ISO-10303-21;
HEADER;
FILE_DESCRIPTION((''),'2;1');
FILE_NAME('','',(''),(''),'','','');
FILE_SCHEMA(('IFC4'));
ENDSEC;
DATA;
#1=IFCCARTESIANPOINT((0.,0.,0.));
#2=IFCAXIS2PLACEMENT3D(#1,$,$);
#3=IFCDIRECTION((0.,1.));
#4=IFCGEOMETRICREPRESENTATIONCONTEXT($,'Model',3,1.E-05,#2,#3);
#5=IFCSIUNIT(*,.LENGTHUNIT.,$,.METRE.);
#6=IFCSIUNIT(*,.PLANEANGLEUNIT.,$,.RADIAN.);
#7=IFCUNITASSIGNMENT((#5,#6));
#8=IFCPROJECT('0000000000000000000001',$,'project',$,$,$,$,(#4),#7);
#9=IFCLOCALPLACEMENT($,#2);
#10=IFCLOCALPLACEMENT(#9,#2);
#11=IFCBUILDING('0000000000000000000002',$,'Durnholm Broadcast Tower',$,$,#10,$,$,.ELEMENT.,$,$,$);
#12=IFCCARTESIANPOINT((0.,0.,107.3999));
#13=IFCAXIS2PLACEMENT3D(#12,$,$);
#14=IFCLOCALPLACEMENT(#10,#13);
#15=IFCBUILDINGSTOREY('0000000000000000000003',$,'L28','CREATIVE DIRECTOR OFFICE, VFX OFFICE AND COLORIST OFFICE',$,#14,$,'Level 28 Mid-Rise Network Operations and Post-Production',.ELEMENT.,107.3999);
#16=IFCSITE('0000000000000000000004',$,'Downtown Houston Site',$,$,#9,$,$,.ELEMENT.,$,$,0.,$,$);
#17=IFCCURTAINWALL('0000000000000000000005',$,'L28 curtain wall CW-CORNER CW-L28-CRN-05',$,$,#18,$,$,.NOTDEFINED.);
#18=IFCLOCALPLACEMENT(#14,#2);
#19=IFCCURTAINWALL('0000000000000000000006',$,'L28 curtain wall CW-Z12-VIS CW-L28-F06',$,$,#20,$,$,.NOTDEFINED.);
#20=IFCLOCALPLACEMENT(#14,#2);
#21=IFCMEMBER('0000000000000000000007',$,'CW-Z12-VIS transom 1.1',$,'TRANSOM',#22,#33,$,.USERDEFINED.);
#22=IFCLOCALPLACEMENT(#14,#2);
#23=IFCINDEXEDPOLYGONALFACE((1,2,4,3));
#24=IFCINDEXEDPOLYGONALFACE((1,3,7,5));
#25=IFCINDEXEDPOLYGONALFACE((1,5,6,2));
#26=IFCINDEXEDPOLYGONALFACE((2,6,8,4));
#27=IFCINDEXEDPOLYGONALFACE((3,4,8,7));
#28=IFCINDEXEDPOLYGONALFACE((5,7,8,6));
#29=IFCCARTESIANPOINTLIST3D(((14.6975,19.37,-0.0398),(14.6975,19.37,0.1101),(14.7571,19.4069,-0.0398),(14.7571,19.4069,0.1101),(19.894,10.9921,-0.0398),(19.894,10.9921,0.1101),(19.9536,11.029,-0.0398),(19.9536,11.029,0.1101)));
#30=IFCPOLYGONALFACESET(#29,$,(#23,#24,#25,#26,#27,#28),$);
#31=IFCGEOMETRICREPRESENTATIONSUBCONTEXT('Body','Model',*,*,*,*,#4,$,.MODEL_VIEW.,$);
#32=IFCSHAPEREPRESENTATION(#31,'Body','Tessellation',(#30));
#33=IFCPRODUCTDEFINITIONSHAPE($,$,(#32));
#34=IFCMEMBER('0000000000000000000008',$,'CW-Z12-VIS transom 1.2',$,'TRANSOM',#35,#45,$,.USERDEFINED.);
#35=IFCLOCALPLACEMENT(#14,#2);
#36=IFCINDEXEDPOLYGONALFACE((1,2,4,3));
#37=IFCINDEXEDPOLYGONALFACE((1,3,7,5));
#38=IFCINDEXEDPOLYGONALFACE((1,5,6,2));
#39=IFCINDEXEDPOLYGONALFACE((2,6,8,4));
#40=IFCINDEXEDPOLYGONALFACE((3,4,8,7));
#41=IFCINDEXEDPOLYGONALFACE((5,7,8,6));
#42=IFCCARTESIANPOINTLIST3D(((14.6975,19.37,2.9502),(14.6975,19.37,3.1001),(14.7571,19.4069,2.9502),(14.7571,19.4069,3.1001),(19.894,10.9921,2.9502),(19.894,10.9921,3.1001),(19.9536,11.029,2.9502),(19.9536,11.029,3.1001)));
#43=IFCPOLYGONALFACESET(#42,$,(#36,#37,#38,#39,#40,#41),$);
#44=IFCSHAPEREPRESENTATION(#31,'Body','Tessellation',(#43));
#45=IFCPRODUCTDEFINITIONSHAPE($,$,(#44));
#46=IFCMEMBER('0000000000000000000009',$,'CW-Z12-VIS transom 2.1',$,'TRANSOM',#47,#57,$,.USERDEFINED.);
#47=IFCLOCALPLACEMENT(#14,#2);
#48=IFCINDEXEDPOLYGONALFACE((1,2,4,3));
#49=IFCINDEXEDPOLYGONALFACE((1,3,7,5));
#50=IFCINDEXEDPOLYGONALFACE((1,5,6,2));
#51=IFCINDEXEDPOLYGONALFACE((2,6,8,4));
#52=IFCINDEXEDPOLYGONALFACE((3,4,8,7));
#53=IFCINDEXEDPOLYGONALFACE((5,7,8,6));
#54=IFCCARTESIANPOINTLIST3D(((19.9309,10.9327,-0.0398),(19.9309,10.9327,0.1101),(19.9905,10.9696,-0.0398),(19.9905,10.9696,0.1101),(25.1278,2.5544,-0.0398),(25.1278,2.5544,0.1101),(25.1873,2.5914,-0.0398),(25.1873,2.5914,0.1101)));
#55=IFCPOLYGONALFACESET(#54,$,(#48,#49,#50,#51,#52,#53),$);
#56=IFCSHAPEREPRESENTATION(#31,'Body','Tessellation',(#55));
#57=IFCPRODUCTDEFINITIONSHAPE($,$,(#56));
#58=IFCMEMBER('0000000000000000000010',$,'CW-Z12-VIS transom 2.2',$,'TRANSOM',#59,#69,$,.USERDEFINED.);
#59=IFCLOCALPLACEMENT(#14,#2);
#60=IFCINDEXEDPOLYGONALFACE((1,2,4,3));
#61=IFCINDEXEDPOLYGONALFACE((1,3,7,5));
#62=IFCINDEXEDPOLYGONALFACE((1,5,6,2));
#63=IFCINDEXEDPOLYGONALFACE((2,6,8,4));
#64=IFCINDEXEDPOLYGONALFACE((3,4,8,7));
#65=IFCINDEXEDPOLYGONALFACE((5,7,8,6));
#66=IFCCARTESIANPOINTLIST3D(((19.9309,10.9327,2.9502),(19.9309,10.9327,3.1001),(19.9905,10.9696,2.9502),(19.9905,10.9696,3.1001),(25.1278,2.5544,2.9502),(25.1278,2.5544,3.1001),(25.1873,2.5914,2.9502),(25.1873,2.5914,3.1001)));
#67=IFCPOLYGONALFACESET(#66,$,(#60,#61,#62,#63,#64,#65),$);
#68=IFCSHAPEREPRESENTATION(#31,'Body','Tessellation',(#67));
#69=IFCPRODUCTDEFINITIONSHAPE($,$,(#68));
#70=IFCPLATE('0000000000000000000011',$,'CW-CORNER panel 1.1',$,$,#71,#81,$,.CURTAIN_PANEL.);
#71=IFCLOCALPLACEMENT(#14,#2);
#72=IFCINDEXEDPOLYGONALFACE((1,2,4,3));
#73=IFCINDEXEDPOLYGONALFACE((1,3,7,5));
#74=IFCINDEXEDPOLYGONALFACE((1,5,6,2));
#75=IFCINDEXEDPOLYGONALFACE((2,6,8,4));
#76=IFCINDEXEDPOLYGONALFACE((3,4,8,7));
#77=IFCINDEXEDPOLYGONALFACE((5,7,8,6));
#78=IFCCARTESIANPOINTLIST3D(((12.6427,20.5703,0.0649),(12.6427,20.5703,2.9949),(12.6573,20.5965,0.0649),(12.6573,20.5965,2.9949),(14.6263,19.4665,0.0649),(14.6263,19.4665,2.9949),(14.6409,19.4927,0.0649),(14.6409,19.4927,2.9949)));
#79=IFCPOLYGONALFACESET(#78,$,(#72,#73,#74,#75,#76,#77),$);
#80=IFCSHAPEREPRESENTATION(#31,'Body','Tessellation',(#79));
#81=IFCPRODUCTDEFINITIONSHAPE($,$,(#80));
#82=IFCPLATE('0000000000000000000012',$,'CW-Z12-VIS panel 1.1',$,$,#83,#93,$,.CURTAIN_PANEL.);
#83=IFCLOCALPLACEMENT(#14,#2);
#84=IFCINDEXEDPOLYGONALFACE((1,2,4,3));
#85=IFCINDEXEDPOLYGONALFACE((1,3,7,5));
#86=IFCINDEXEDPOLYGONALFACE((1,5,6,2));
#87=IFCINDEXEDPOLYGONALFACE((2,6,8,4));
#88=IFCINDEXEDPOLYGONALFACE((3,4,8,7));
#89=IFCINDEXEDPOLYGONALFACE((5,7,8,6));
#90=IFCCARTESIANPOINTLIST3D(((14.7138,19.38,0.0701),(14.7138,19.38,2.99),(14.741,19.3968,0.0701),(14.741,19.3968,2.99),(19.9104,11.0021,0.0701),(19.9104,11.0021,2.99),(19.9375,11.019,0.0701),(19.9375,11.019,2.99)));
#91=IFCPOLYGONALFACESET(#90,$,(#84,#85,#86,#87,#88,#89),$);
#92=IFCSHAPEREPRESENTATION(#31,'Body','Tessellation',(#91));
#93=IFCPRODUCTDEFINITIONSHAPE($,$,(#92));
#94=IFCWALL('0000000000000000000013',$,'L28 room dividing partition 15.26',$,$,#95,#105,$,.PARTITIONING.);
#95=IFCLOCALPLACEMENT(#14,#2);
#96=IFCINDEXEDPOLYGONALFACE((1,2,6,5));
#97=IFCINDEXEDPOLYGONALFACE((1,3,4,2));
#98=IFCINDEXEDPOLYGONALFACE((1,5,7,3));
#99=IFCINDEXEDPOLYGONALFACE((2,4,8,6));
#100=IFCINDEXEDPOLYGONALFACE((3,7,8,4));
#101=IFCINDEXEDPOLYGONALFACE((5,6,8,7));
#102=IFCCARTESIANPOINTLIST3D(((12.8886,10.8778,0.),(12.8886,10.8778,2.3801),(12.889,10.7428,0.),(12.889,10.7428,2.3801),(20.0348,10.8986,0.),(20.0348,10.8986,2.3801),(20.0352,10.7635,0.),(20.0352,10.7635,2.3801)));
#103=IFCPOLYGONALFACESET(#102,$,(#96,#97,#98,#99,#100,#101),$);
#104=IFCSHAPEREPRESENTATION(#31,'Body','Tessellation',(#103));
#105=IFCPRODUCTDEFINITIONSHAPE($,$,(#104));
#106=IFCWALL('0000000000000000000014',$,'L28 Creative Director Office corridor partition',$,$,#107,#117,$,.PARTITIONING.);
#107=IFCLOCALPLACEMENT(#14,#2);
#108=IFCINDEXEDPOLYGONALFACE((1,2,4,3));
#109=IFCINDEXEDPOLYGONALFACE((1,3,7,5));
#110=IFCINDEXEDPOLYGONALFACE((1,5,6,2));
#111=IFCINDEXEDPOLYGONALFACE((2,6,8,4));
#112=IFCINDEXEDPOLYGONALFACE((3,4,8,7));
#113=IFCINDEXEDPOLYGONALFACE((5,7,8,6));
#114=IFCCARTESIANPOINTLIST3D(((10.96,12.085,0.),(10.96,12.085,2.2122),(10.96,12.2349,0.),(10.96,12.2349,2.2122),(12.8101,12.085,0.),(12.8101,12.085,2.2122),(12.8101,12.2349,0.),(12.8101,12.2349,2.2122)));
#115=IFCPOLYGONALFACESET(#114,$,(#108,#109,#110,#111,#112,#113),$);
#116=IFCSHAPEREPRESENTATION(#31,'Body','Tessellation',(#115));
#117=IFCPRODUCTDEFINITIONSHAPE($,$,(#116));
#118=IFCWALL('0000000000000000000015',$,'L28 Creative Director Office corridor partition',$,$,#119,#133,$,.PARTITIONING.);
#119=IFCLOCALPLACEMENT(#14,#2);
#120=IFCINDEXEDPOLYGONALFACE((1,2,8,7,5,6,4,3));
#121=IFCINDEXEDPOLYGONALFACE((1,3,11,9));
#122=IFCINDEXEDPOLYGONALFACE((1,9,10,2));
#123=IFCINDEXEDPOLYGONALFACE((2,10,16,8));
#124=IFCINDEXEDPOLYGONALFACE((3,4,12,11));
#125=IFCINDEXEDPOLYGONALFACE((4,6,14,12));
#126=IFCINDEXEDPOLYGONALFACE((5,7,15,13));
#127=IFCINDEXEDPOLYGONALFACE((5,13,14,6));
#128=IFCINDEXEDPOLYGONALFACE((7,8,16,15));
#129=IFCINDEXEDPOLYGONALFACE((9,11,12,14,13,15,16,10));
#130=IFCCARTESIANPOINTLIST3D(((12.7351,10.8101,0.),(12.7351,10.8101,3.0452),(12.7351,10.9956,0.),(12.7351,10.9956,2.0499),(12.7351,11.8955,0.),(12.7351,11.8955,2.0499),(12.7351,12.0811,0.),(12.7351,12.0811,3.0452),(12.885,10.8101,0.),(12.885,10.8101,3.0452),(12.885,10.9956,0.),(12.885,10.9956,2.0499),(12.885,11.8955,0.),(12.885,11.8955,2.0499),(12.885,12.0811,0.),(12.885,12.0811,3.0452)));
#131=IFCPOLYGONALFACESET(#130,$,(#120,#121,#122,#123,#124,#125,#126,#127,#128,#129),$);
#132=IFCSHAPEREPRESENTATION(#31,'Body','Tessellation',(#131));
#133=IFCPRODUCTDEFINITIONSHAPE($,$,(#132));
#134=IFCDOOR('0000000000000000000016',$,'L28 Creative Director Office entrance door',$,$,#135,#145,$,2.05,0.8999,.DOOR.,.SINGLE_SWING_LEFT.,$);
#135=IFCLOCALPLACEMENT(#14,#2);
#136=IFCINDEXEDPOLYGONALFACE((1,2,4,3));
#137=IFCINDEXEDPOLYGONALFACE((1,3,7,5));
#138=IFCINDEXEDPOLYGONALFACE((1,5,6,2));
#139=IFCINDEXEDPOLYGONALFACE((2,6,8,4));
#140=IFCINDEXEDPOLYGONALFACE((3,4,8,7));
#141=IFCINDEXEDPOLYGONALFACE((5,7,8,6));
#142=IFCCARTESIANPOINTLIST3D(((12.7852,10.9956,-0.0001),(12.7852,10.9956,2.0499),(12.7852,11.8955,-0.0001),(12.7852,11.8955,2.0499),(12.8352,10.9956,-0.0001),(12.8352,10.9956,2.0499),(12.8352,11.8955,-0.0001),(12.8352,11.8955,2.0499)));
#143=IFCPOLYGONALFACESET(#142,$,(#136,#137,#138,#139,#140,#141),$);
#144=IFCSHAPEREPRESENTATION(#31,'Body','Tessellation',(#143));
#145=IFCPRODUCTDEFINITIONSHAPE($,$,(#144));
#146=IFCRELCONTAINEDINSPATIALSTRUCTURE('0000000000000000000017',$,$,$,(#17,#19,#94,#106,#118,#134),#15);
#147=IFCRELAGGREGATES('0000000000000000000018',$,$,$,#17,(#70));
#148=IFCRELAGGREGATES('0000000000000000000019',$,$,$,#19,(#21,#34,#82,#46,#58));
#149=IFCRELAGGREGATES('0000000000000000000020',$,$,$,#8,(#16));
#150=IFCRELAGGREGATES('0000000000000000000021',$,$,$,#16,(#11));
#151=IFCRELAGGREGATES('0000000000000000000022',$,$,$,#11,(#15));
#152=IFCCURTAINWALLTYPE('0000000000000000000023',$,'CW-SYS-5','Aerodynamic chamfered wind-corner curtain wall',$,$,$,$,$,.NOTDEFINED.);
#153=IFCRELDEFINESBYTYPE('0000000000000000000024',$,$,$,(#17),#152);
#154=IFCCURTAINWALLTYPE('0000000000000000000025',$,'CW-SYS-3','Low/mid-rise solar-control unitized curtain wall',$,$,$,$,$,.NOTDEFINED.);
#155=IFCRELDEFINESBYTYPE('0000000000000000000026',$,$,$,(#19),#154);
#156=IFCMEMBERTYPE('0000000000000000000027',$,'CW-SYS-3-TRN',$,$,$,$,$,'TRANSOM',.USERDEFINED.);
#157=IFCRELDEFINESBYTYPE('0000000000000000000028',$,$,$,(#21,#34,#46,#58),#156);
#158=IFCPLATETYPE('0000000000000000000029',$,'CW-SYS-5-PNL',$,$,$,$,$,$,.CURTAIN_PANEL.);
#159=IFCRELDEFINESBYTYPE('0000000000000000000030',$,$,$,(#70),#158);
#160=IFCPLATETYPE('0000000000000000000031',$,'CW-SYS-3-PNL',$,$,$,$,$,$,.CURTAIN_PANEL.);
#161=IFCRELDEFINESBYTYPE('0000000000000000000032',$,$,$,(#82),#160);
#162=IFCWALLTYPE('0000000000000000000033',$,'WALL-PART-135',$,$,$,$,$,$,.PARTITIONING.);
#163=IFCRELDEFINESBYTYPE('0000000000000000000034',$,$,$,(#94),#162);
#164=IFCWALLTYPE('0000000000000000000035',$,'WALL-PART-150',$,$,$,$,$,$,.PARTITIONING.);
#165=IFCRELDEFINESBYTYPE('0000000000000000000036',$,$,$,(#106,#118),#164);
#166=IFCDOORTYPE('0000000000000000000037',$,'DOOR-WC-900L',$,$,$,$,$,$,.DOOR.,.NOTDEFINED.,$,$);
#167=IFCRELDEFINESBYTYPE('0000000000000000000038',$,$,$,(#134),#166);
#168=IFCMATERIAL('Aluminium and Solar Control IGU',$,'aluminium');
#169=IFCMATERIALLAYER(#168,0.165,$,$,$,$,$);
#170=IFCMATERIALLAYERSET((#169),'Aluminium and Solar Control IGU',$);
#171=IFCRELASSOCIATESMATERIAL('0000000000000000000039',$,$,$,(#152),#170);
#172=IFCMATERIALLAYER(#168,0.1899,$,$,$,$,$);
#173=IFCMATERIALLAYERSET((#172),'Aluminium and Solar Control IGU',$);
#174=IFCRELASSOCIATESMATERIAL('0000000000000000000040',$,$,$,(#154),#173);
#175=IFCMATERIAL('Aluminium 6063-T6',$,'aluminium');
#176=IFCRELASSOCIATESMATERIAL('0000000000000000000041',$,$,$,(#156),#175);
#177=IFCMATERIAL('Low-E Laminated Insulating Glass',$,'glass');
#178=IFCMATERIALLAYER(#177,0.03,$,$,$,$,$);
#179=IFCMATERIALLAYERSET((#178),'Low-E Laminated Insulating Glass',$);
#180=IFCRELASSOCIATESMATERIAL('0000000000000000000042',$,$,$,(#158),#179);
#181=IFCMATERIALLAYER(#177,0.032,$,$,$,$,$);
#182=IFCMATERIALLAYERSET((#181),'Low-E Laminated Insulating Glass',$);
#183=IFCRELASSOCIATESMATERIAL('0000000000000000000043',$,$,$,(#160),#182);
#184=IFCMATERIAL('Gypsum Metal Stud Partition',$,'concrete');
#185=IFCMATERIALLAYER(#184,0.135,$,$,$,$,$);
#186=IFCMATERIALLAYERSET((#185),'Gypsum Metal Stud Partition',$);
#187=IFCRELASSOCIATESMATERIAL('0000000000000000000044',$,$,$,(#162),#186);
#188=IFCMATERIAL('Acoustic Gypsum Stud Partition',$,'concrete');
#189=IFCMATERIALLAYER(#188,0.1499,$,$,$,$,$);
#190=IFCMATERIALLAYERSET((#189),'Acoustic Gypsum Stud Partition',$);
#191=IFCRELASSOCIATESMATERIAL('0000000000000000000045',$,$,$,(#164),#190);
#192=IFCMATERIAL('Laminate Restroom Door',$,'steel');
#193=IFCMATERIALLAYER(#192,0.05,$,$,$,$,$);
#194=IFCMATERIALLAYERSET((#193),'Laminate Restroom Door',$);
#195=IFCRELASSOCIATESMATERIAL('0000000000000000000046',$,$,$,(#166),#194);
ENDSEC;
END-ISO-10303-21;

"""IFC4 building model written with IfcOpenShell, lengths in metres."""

from ifc_helpers import new_model, si_unit, direction, frame, frame_2d, origin, origin_2d, place, context, subcontext, project, spatial, rectangle, extrude, source, transform, mapped, material, layer, layer_set, material_profile, profile_set, type_object, type_shapes, element, fill, aggregate, save


model = new_model("IFC4")

# Units and contexts
model_context = context("Model", 3, precision=1e-05, world=origin(), true_north=direction((0.0, 1.0)))
body_context = subcontext(model_context, "Body", "Model", "MODEL_VIEW")
ifc_project = project(units=[si_unit("LENGTHUNIT", "METRE"), si_unit("PLANEANGLEUNIT", "RADIAN")], contexts=[model_context])

# Site, building, storey
site_placement = place(None, origin())
site = spatial("IfcSite", under=ifc_project, at=site_placement, Name="Downtown Houston Site", CompositionType="ELEMENT", RefElevation=0.0)
building_placement = place(site_placement, origin())
building = spatial("IfcBuilding", under=site, at=building_placement, Name="Durnholm Broadcast Tower", CompositionType="ELEMENT")
storey_placement = place(building_placement, frame((0.0, 0.0, 107.3999)))
storey = spatial("IfcBuildingStorey", under=building, at=storey_placement, Name="L28", Description="CREATIVE DIRECTOR OFFICE, VFX OFFICE AND COLORIST OFFICE", LongName="Level 28 Mid-Rise Network Operations and Post-Production", CompositionType="ELEMENT", Elevation=107.3999)

# Curtain wall
ifc_material_1 = material(Name="Aluminium and Solar Control IGU", Category="aluminium")
ifc_layer_1 = layer(ifc_material_1, 0.165)
ifc_layer_set_1 = layer_set([ifc_layer_1], Name="Aluminium and Solar Control IGU")
curtain_wall_type_1 = type_object("IfcCurtainWallType", Name="CW-SYS-5", Description="Aerodynamic chamfered wind-corner curtain wall", PredefinedType="NOTDEFINED", material=ifc_layer_set_1)
curtain_wall_1_placement = place(storey_placement, origin())
curtain_wall_1 = element("IfcCurtainWall", 1, at=curtain_wall_1_placement, inside=storey, type_object=curtain_wall_type_1, Name="L28 curtain wall CW-CORNER CW-L28-CRN-05", PredefinedType="NOTDEFINED")
ifc_material_2 = material(Name="Aluminium 6063-T6", Category="aluminium")

# Curtain wall, members
ifc_layer_2 = layer(ifc_material_1, 0.1899)
ifc_layer_set_2 = layer_set([ifc_layer_2], Name="Aluminium and Solar Control IGU")
curtain_wall_type_2 = type_object("IfcCurtainWallType", Name="CW-SYS-3", Description="Low/mid-rise solar-control unitized curtain wall", PredefinedType="NOTDEFINED", material=ifc_layer_set_2)
curtain_wall_2_placement = place(storey_placement, origin())
curtain_wall_2 = element("IfcCurtainWall", 2, at=curtain_wall_2_placement, inside=storey, type_object=curtain_wall_type_2, Name="L28 curtain wall CW-Z12-VIS CW-L28-F06", PredefinedType="NOTDEFINED")
ifc_material_profile_1 = material_profile(ifc_material_2, rectangle(XDim=0.0701, YDim=0.1499, at=origin_2d()), Name="CWT70X150")
ifc_profile_set_1 = profile_set([ifc_material_profile_1], Name="Aluminium 6063-T6")
member_type_1 = type_object("IfcMemberType", Name="CW-SYS-3-TRN", ElementType="TRANSOM", PredefinedType="USERDEFINED", material=ifc_profile_set_1)
shared_shape_1 = source(origin(), body_context, "Body", "SweptSolid", [
    extrude(rectangle(XDim=0.0701, YDim=0.1499, at=origin_2d()), origin(), (0.0, 0.0, 1.0), 9.8586),
])
member_1_placement = place(storey_placement, frame((14.7273, 19.3884, 0.0352), z_axis=(0.527102, -0.849802, 0.0), x_axis=(0.849802, 0.527102, 0.0)))
member_1 = element("IfcMember", 3, at=member_1_placement, type_object=member_type_1, Name="CW-Z12-VIS transom 1.1", ObjectType="TRANSOM", PredefinedType="USERDEFINED", context=body_context, shape_type="MappedRepresentation", body=[
    mapped(shared_shape_1, transform((0.0, 0.0, 0.0), x_axis=(1.0, 0.0, 0.0), y_axis=(0.0, 1.0, 0.0), z_axis=(0.0, 0.0, 1.0), scale=1.0)),
])
member_2_placement = place(storey_placement, frame((14.7273, 19.3884, 3.0251), z_axis=(0.527102, -0.849802, 0.0), x_axis=(0.849802, 0.527102, 0.0)))
member_2 = element("IfcMember", 4, at=member_2_placement, type_object=member_type_1, Name="CW-Z12-VIS transom 1.2", ObjectType="TRANSOM", PredefinedType="USERDEFINED", context=body_context, shape_type="MappedRepresentation", body=[
    mapped(shared_shape_1, transform((0.0, 0.0, 0.0), x_axis=(1.0, 0.0, 0.0), y_axis=(0.0, 1.0, 0.0), z_axis=(0.0, 0.0, 1.0), scale=1.0)),
])
shared_shape_2 = source(origin(), body_context, "Body", "SweptSolid", [
    extrude(rectangle(XDim=0.0701, YDim=0.1499, at=origin_2d()), origin(), (0.0, 0.0, 1.0), 9.8591),
])
type_shapes(member_type_1, [shared_shape_1, shared_shape_2])
member_3_placement = place(storey_placement, frame((19.9607, 10.9512, 0.0352), z_axis=(0.527109, -0.849798, 0.0), x_axis=(0.849798, 0.527109, 0.0)))
member_3 = element("IfcMember", 5, at=member_3_placement, type_object=member_type_1, Name="CW-Z12-VIS transom 2.1", ObjectType="TRANSOM", PredefinedType="USERDEFINED", context=body_context, shape_type="MappedRepresentation", body=[
    mapped(shared_shape_2, transform((0.0, 0.0, 0.0), x_axis=(1.0, 0.0, 0.0), y_axis=(0.0, 1.0, 0.0), z_axis=(0.0, 0.0, 1.0), scale=1.0)),
])
member_4_placement = place(storey_placement, frame((19.9607, 10.9512, 3.0251), z_axis=(0.527109, -0.849798, 0.0), x_axis=(0.849798, 0.527109, 0.0)))
member_4 = element("IfcMember", 6, at=member_4_placement, type_object=member_type_1, Name="CW-Z12-VIS transom 2.2", ObjectType="TRANSOM", PredefinedType="USERDEFINED", context=body_context, shape_type="MappedRepresentation", body=[
    mapped(shared_shape_2, transform((0.0, 0.0, 0.0), x_axis=(1.0, 0.0, 0.0), y_axis=(0.0, 1.0, 0.0), z_axis=(0.0, 0.0, 1.0), scale=1.0)),
])

# Plates
ifc_material_3 = material(Name="Low-E Laminated Insulating Glass", Category="glass")
ifc_layer_3 = layer(ifc_material_3, 0.03)
ifc_layer_set_3 = layer_set([ifc_layer_3], Name="Low-E Laminated Insulating Glass")
plate_type_1 = type_object("IfcPlateType", Name="CW-SYS-5-PNL", PredefinedType="CURTAIN_PANEL", material=ifc_layer_set_3)
shared_shape_3 = source(origin(), body_context, "Body", "SweptSolid", [
    extrude(rectangle(XDim=2.27, YDim=0.03, at=origin_2d()), origin(), (0.0, 0.0, 1.0), 2.9299),
])
type_shapes(plate_type_1, [shared_shape_3])
plate_1_placement = place(storey_placement, frame((13.6418, 20.0315, 0.0649), z_axis=(0.0, 0.0, 1.0), x_axis=(0.873823, -0.486244, 0.0)))
plate_1 = element("IfcPlate", 7, at=plate_1_placement, type_object=plate_type_1, Name="CW-CORNER panel 1.1", PredefinedType="CURTAIN_PANEL", context=body_context, shape_type="MappedRepresentation", body=[
    mapped(shared_shape_3, transform((0.0, 0.0, 0.0), x_axis=(1.0, 0.0, 0.0), y_axis=(0.0, 1.0, 0.0), z_axis=(0.0, 0.0, 1.0), scale=1.0)),
])
aggregate(curtain_wall_1, [plate_1])
ifc_layer_4 = layer(ifc_material_3, 0.032)
ifc_layer_set_4 = layer_set([ifc_layer_4], Name="Low-E Laminated Insulating Glass")
plate_type_2 = type_object("IfcPlateType", Name="CW-SYS-3-PNL", PredefinedType="CURTAIN_PANEL", material=ifc_layer_set_4)
shared_shape_4 = source(origin(), body_context, "Body", "SweptSolid", [
    extrude(rectangle(XDim=9.8586, YDim=0.032, at=origin_2d()), origin(), (0.0, 0.0, 1.0), 2.9199),
])
type_shapes(plate_type_2, [shared_shape_4])
plate_2_placement = place(storey_placement, frame((17.3257, 15.1995, 0.0701), z_axis=(0.0, 0.0, 1.0), x_axis=(0.527105, -0.8498, 0.0)))
plate_2 = element("IfcPlate", 8, at=plate_2_placement, type_object=plate_type_2, Name="CW-Z12-VIS panel 1.1", PredefinedType="CURTAIN_PANEL", context=body_context, shape_type="MappedRepresentation", body=[
    mapped(shared_shape_4, transform((0.0, 0.0, 0.0), x_axis=(1.0, 0.0, 0.0), y_axis=(0.0, 1.0, 0.0), z_axis=(0.0, 0.0, 1.0), scale=1.0)),
])
aggregate(curtain_wall_2, [member_1, member_2, plate_2, member_3, member_4])

# Walls
ifc_material_4 = material(Name="Gypsum Metal Stud Partition", Category="concrete")
ifc_layer_5 = layer(ifc_material_4, 0.135)
ifc_layer_set_5 = layer_set([ifc_layer_5], Name="Gypsum Metal Stud Partition")
wall_type_1 = type_object("IfcWallType", Name="WALL-PART-135", PredefinedType="PARTITIONING", material=ifc_layer_set_5)
wall_1_placement = place(storey_placement, frame((20.0352, 10.8311, 0.0), z_axis=(0.0, 0.0, 1.0), x_axis=(-0.999996, -0.002904, 0.0)))
element("IfcWall", 9, at=wall_1_placement, inside=storey, type_object=wall_type_1, Name="L28 room dividing partition 15.26", PredefinedType="PARTITIONING", context=body_context, shape_type="SweptSolid", body=[
    extrude(rectangle(XDim=7.1462, YDim=0.135, at=frame_2d((3.5732, 0.0))), origin(), (0.0, 0.0, 1.0), 2.3801),
])
ifc_material_5 = material(Name="Acoustic Gypsum Stud Partition", Category="concrete")
ifc_layer_6 = layer(ifc_material_5, 0.1499)
ifc_layer_set_6 = layer_set([ifc_layer_6], Name="Acoustic Gypsum Stud Partition")
wall_type_2 = type_object("IfcWallType", Name="WALL-PART-150", PredefinedType="PARTITIONING", material=ifc_layer_set_6)
wall_2_placement = place(storey_placement, frame((12.8101, 12.1599, 0.0), z_axis=(0.0, 0.0, 1.0), x_axis=(-1.0, 0.0, 0.0)))
element("IfcWall", 10, at=wall_2_placement, inside=storey, type_object=wall_type_2, Name="L28 Creative Director Office corridor partition", PredefinedType="PARTITIONING", context=body_context, shape_type="SweptSolid", body=[
    extrude(rectangle(XDim=1.8501, YDim=0.1499, at=frame_2d((0.925, 0.0))), origin(), (0.0, 0.0, 1.0), 2.2122),
])

# Wall, opening, door
wall_3_placement = place(storey_placement, frame((12.8101, 10.8101, 0.0), z_axis=(0.0, 0.0, 1.0), x_axis=(0.0, 1.0, 0.0)))
wall_3 = element("IfcWall", 11, at=wall_3_placement, inside=storey, type_object=wall_type_2, Name="L28 Creative Director Office corridor partition", PredefinedType="PARTITIONING", context=body_context, shape_type="SweptSolid", body=[
    extrude(rectangle(XDim=1.271, YDim=0.1499, at=frame_2d((0.6355, 0.0))), origin(), (0.0, 0.0, 1.0), 3.0452),
])
opening_placement = place(wall_3_placement, frame((0.1855, 0.0, 0.0)))
opening = element("IfcOpeningElement", 12, at=opening_placement, cuts=wall_3, PredefinedType="OPENING", context=body_context, shape_type="SweptSolid", body=[
    extrude(rectangle(XDim=0.8999, YDim=2.05, at=frame_2d((0.45, 1.0249))), frame((0.0, 0.085, 0.0), z_axis=(0.0, -1.0, 0.0), x_axis=(1.0, 0.0, 0.0)), (0.0, 0.0, 1.0), 0.1699),
])
ifc_material_6 = material(Name="Laminate Restroom Door", Category="steel")
ifc_layer_7 = layer(ifc_material_6, 0.05)
ifc_layer_set_7 = layer_set([ifc_layer_7], Name="Laminate Restroom Door")
door_type = type_object("IfcDoorType", Name="DOOR-WC-900L", OperationType="NOTDEFINED", PredefinedType="DOOR", material=ifc_layer_set_7)
shared_shape_5 = source(origin(), body_context, "Body", "SweptSolid", [
    extrude(rectangle(XDim=0.8999, YDim=2.05, at=frame_2d((0.45, 1.0249))), frame((0.0, 0.0249, 0.0), z_axis=(0.0, -1.0, 0.0), x_axis=(1.0, 0.0, 0.0)), (0.0, 0.0, 1.0), 0.05),
])
type_shapes(door_type, [shared_shape_5])
door_placement = place(opening_placement, origin())
door = element("IfcDoor", 13, at=door_placement, inside=storey, type_object=door_type, Name="L28 Creative Director Office entrance door", OperationType="SINGLE_SWING_LEFT", OverallHeight=2.05, OverallWidth=0.8999, PredefinedType="DOOR", context=body_context, shape_type="MappedRepresentation", body=[
    mapped(shared_shape_5, transform((0.0, 0.0, 0.0), x_axis=(1.0, 0.0, 0.0), y_axis=(0.0, 1.0, 0.0), z_axis=(0.0, 0.0, 1.0), scale=1.0)),
])
fill(opening, door)

save(model, "model.ifc")
